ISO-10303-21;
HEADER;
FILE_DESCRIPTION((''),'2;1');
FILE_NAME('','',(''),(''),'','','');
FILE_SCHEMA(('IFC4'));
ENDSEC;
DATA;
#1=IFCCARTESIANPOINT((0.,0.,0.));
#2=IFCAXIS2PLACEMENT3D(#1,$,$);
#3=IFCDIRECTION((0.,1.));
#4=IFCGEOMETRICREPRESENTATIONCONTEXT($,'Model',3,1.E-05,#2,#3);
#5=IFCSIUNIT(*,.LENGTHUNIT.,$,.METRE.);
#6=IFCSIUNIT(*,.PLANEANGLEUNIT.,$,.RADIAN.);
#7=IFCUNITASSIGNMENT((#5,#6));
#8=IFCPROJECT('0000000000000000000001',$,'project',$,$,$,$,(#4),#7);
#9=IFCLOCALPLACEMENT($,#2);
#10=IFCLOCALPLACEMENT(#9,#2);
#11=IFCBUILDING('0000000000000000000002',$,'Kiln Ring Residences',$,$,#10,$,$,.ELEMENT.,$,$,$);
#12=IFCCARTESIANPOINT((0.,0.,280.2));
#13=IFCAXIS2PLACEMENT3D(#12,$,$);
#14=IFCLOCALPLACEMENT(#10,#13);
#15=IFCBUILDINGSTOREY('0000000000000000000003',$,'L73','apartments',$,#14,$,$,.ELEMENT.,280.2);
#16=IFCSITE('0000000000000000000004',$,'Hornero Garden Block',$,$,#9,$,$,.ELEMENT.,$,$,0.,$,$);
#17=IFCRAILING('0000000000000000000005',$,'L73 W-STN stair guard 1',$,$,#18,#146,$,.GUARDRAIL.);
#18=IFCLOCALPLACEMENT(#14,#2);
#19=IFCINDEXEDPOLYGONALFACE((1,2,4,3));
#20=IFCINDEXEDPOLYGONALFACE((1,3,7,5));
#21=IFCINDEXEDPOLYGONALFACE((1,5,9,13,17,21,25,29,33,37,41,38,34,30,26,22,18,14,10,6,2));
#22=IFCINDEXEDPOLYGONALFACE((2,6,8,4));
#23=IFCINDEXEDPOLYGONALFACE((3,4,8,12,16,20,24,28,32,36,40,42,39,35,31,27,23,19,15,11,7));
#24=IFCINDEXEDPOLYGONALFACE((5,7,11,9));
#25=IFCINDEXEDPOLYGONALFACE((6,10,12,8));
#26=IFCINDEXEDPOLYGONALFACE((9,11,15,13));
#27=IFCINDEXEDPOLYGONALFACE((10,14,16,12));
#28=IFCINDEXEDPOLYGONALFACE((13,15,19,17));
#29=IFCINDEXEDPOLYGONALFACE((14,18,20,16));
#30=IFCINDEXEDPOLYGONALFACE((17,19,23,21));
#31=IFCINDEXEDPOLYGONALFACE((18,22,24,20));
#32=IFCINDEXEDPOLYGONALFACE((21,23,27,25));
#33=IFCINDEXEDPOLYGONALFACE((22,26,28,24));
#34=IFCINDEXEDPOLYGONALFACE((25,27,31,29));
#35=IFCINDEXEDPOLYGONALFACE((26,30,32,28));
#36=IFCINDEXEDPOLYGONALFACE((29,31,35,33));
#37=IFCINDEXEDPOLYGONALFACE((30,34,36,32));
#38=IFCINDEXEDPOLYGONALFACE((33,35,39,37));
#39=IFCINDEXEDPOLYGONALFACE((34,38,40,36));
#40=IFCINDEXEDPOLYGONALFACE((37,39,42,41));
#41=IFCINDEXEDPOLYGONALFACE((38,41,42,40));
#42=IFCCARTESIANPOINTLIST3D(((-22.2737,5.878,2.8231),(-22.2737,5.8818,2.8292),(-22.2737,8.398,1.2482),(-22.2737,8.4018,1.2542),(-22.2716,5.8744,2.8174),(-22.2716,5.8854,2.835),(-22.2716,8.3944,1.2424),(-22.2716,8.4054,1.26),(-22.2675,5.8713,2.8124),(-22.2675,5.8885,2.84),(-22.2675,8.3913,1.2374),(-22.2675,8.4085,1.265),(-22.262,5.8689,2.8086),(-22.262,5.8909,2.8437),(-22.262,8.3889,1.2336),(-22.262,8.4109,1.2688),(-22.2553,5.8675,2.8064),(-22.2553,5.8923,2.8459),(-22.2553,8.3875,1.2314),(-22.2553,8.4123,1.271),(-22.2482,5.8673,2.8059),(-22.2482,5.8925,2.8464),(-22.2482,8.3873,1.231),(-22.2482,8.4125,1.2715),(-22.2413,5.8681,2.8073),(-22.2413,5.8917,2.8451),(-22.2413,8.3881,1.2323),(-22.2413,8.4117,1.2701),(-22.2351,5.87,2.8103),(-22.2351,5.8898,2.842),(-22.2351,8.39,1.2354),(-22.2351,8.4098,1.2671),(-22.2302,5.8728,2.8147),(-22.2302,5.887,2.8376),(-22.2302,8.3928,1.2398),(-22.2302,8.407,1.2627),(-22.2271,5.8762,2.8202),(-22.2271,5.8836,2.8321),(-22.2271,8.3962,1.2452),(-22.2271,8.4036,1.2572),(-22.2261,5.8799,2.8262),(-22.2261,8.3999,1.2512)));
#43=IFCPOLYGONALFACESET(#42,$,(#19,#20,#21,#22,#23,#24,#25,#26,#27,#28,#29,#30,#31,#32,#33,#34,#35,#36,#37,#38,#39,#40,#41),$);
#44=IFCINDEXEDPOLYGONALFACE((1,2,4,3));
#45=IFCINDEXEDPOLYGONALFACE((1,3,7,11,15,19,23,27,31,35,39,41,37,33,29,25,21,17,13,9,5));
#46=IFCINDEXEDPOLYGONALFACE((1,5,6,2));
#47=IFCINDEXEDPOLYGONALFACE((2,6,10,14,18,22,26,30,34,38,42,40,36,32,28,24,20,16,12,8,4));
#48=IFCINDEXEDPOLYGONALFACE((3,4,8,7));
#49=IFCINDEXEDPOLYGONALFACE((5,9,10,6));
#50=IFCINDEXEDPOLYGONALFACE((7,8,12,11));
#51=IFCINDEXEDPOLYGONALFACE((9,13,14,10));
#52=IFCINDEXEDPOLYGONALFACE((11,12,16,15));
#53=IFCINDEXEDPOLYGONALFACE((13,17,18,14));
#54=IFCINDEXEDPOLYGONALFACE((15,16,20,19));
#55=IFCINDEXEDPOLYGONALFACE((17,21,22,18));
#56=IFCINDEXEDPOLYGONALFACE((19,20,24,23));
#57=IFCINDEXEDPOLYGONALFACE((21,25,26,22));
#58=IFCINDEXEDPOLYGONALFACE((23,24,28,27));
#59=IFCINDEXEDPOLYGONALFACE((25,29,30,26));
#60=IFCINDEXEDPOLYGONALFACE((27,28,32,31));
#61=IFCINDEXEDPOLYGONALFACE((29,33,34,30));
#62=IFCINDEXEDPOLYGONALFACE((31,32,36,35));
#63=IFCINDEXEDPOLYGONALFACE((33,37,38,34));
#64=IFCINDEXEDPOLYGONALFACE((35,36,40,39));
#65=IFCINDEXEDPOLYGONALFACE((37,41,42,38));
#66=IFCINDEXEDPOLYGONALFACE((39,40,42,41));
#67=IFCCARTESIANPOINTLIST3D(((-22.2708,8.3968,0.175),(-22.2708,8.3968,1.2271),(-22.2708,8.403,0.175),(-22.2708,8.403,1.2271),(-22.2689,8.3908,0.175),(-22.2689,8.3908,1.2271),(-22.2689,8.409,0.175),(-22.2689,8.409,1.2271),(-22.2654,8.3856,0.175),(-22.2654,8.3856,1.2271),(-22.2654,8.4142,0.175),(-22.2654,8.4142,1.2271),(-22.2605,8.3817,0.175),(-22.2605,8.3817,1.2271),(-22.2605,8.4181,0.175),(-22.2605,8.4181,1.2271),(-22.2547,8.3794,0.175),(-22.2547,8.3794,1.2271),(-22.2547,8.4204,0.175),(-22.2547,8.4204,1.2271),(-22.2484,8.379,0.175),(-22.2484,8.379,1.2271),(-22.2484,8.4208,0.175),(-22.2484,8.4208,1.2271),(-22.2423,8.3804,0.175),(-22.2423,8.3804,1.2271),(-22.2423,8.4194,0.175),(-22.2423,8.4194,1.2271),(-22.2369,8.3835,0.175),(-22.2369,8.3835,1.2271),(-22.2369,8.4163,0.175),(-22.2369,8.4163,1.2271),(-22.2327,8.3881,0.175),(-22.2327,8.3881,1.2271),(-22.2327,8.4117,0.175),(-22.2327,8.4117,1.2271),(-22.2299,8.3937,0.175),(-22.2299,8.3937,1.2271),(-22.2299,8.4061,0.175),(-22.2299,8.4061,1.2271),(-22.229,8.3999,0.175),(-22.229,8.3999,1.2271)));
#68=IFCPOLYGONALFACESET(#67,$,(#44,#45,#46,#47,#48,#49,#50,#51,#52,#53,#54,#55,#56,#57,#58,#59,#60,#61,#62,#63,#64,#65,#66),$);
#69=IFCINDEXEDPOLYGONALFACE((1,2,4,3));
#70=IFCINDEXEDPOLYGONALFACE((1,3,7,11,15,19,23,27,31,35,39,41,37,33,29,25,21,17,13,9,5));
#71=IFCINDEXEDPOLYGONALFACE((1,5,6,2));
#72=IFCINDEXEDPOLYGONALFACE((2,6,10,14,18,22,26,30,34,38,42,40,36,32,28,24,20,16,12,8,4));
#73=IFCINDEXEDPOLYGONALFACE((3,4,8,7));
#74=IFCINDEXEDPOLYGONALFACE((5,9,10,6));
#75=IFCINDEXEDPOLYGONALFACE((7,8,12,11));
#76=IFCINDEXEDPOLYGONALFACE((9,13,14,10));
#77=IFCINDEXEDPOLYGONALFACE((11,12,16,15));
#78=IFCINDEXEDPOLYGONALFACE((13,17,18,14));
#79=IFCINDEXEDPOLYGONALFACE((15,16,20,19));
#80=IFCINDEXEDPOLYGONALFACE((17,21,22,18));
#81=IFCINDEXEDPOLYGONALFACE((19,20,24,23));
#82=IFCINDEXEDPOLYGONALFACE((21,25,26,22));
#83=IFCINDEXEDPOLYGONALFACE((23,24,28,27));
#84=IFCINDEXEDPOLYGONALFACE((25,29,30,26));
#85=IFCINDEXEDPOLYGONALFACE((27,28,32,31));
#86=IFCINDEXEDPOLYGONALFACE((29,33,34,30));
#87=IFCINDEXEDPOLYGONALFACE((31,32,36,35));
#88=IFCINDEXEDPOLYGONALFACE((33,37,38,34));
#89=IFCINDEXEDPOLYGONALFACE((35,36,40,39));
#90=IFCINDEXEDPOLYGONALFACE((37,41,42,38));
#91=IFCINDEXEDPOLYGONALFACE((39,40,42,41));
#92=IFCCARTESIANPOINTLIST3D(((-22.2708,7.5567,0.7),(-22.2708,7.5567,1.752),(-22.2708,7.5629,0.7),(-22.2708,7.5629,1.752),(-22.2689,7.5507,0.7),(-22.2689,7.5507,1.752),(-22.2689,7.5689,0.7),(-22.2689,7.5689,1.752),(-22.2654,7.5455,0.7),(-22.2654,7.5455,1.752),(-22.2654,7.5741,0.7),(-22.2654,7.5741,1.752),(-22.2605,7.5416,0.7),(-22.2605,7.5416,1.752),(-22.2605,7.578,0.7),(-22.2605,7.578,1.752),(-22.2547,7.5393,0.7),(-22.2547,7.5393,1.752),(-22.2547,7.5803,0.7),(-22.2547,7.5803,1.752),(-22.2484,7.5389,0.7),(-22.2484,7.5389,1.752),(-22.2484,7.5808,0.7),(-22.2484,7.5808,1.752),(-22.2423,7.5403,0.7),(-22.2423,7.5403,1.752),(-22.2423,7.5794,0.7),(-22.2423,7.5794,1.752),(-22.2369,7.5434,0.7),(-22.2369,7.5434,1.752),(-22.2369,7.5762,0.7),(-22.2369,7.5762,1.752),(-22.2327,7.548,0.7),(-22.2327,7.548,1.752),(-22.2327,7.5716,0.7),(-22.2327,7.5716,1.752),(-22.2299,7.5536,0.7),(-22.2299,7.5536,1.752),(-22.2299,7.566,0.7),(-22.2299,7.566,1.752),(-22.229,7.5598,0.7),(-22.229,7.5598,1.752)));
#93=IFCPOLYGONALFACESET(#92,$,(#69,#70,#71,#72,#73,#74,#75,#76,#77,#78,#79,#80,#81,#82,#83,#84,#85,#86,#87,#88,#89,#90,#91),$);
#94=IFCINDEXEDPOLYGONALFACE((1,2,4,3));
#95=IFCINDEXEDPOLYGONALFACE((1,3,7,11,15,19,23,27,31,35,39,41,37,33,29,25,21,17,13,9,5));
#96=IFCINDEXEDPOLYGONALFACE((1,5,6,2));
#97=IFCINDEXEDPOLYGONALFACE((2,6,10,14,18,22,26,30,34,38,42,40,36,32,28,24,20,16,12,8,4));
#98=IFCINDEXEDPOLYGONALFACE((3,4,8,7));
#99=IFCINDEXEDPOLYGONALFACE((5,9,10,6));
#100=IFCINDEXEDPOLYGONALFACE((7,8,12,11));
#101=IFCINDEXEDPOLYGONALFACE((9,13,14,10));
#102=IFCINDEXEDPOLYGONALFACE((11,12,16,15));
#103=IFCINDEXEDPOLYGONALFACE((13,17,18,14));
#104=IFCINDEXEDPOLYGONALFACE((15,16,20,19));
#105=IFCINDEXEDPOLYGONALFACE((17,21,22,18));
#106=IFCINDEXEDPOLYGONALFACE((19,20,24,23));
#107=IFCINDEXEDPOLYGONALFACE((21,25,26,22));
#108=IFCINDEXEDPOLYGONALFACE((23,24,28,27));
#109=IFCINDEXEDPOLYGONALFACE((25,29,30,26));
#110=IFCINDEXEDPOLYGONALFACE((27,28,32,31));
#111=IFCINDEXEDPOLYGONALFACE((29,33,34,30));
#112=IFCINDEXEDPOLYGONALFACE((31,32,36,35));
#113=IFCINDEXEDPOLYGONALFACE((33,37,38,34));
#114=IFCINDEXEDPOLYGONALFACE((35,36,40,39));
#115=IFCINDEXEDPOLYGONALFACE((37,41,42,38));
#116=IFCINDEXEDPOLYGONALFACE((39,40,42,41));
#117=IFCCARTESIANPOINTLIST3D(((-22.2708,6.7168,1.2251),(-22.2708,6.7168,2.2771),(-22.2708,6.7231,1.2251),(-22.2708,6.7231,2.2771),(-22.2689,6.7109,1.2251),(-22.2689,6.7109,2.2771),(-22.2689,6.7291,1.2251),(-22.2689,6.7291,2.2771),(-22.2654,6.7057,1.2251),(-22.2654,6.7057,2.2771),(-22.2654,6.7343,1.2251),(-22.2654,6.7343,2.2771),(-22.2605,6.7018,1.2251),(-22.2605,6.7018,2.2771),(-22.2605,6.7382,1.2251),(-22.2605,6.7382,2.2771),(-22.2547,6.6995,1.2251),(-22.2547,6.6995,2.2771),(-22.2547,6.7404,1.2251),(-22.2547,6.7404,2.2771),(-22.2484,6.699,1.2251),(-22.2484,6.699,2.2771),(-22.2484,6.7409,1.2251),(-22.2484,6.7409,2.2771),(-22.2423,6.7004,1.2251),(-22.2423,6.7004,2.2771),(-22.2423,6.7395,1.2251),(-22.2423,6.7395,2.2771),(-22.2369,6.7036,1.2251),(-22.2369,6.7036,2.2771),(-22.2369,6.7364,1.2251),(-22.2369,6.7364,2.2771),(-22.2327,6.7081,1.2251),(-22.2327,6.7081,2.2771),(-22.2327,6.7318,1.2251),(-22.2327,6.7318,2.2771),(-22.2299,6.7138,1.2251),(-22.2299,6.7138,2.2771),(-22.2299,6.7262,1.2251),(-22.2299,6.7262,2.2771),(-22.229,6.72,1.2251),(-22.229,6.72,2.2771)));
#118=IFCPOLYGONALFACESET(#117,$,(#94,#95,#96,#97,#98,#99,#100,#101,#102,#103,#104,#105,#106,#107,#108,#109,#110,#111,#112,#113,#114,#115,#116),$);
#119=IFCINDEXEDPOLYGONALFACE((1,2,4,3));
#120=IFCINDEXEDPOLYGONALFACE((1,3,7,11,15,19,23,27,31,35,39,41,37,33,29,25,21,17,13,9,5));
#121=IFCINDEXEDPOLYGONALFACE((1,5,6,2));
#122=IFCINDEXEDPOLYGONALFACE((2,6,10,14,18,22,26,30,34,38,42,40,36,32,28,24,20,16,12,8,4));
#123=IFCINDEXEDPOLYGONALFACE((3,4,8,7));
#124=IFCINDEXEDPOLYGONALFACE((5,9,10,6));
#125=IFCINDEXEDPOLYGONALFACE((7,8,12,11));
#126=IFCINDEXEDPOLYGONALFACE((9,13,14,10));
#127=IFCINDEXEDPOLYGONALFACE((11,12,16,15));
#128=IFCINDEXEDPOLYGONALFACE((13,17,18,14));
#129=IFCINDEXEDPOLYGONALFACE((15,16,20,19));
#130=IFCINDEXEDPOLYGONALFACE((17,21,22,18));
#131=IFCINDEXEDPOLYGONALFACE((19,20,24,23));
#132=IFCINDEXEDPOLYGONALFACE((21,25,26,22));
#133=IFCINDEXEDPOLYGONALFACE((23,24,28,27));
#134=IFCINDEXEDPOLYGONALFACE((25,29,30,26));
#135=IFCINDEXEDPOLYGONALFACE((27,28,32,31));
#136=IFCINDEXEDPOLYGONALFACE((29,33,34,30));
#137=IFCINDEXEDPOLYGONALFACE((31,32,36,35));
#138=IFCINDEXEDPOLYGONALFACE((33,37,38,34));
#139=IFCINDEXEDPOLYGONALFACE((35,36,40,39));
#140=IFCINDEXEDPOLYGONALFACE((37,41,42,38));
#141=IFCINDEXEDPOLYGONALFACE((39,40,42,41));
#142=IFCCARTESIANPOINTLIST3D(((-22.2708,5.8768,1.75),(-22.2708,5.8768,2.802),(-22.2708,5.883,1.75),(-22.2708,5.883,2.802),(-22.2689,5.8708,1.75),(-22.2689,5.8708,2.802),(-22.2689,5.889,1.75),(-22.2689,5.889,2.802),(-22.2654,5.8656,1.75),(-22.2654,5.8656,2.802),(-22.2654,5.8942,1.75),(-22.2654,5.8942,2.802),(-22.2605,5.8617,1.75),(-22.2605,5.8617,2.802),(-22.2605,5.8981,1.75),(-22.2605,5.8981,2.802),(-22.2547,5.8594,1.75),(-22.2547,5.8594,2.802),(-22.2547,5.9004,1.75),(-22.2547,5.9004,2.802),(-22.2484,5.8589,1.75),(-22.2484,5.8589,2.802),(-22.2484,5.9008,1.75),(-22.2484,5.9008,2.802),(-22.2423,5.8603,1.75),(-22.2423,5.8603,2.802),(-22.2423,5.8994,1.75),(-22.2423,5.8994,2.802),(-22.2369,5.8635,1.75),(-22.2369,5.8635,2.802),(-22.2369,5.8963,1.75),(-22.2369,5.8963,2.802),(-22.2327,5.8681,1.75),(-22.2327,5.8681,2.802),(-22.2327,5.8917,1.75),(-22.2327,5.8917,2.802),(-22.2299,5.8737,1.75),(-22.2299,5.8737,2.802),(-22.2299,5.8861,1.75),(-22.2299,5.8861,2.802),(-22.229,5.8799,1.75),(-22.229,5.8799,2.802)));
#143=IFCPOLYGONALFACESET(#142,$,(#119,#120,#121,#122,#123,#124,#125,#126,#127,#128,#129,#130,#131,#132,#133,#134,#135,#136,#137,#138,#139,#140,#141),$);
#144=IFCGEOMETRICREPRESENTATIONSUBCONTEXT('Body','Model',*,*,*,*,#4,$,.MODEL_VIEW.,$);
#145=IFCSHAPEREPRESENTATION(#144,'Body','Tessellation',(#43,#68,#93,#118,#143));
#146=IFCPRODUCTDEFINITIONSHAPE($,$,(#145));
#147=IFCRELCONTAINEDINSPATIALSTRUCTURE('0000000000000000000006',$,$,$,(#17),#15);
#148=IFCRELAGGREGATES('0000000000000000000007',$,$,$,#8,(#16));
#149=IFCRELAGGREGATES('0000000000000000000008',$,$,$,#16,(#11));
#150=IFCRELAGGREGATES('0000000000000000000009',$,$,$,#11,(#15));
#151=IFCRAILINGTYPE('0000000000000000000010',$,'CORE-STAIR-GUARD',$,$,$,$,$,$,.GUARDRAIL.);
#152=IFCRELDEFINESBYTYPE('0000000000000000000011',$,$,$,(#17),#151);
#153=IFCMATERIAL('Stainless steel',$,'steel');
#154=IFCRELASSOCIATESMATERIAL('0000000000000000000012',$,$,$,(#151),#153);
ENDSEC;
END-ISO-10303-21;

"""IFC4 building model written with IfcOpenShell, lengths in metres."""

from ifc_helpers import new_model, si_unit, direction, frame, origin, origin_2d, place, context, subcontext, project, spatial, circle, extrude, material, type_object, element, save


model = new_model("IFC4")

# Units and contexts
model_context = context("Model", 3, precision=1e-05, world=origin(), true_north=direction((0.0, 1.0)))
body_context = subcontext(model_context, "Body", "Model", "MODEL_VIEW")
ifc_project = project(units=[si_unit("LENGTHUNIT", "METRE"), si_unit("PLANEANGLEUNIT", "RADIAN")], contexts=[model_context])

# Site, building, storey
site_placement = place(None, origin())
site = spatial("IfcSite", under=ifc_project, at=site_placement, Name="Hornero Garden Block", CompositionType="ELEMENT", RefElevation=0.0)
building_placement = place(site_placement, origin())
building = spatial("IfcBuilding", under=site, at=building_placement, Name="Kiln Ring Residences", CompositionType="ELEMENT")
storey_placement = place(building_placement, frame((0.0, 0.0, 280.2)))
storey = spatial("IfcBuildingStorey", under=building, at=storey_placement, Name="L73", Description="apartments", CompositionType="ELEMENT", Elevation=280.2)

# Railing
ifc_material_1 = material(Name="Stainless steel", Category="steel")
railing_type_1 = type_object("IfcRailingType", Name="CORE-STAIR-GUARD", PredefinedType="GUARDRAIL", material=ifc_material_1)
railing_1_placement = place(storey_placement, frame((-22.25, 8.3999, 0.175)))
element("IfcRailing", 1, at=railing_1_placement, inside=storey, type_object=railing_type_1, Name="L73 W-STN stair guard 1", PredefinedType="GUARDRAIL", context=body_context, shape_type="SweptSolid", body=[
    extrude(circle(Radius=0.0239, at=origin_2d()), frame((0.0, 0.0, 1.0762), z_axis=(0.0, -0.848008, 0.529984), x_axis=(1.0, 0.0, 0.0)), (0.0, 0.0, 1.0), 2.9717),
    extrude(circle(Radius=0.021, at=origin_2d()), origin(), (0.0, 0.0, 1.0), 1.052),
    extrude(circle(Radius=0.021, at=origin_2d()), frame((0.0, -0.8401, 0.5249)), (0.0, 0.0, 1.0), 1.052),
    extrude(circle(Radius=0.021, at=origin_2d()), frame((0.0, -1.6799, 1.05)), (0.0, 0.0, 1.0), 1.052),
    extrude(circle(Radius=0.021, at=origin_2d()), frame((0.0, -2.52, 1.575)), (0.0, 0.0, 1.0), 1.052),
])

save(model, "model.ifc")
